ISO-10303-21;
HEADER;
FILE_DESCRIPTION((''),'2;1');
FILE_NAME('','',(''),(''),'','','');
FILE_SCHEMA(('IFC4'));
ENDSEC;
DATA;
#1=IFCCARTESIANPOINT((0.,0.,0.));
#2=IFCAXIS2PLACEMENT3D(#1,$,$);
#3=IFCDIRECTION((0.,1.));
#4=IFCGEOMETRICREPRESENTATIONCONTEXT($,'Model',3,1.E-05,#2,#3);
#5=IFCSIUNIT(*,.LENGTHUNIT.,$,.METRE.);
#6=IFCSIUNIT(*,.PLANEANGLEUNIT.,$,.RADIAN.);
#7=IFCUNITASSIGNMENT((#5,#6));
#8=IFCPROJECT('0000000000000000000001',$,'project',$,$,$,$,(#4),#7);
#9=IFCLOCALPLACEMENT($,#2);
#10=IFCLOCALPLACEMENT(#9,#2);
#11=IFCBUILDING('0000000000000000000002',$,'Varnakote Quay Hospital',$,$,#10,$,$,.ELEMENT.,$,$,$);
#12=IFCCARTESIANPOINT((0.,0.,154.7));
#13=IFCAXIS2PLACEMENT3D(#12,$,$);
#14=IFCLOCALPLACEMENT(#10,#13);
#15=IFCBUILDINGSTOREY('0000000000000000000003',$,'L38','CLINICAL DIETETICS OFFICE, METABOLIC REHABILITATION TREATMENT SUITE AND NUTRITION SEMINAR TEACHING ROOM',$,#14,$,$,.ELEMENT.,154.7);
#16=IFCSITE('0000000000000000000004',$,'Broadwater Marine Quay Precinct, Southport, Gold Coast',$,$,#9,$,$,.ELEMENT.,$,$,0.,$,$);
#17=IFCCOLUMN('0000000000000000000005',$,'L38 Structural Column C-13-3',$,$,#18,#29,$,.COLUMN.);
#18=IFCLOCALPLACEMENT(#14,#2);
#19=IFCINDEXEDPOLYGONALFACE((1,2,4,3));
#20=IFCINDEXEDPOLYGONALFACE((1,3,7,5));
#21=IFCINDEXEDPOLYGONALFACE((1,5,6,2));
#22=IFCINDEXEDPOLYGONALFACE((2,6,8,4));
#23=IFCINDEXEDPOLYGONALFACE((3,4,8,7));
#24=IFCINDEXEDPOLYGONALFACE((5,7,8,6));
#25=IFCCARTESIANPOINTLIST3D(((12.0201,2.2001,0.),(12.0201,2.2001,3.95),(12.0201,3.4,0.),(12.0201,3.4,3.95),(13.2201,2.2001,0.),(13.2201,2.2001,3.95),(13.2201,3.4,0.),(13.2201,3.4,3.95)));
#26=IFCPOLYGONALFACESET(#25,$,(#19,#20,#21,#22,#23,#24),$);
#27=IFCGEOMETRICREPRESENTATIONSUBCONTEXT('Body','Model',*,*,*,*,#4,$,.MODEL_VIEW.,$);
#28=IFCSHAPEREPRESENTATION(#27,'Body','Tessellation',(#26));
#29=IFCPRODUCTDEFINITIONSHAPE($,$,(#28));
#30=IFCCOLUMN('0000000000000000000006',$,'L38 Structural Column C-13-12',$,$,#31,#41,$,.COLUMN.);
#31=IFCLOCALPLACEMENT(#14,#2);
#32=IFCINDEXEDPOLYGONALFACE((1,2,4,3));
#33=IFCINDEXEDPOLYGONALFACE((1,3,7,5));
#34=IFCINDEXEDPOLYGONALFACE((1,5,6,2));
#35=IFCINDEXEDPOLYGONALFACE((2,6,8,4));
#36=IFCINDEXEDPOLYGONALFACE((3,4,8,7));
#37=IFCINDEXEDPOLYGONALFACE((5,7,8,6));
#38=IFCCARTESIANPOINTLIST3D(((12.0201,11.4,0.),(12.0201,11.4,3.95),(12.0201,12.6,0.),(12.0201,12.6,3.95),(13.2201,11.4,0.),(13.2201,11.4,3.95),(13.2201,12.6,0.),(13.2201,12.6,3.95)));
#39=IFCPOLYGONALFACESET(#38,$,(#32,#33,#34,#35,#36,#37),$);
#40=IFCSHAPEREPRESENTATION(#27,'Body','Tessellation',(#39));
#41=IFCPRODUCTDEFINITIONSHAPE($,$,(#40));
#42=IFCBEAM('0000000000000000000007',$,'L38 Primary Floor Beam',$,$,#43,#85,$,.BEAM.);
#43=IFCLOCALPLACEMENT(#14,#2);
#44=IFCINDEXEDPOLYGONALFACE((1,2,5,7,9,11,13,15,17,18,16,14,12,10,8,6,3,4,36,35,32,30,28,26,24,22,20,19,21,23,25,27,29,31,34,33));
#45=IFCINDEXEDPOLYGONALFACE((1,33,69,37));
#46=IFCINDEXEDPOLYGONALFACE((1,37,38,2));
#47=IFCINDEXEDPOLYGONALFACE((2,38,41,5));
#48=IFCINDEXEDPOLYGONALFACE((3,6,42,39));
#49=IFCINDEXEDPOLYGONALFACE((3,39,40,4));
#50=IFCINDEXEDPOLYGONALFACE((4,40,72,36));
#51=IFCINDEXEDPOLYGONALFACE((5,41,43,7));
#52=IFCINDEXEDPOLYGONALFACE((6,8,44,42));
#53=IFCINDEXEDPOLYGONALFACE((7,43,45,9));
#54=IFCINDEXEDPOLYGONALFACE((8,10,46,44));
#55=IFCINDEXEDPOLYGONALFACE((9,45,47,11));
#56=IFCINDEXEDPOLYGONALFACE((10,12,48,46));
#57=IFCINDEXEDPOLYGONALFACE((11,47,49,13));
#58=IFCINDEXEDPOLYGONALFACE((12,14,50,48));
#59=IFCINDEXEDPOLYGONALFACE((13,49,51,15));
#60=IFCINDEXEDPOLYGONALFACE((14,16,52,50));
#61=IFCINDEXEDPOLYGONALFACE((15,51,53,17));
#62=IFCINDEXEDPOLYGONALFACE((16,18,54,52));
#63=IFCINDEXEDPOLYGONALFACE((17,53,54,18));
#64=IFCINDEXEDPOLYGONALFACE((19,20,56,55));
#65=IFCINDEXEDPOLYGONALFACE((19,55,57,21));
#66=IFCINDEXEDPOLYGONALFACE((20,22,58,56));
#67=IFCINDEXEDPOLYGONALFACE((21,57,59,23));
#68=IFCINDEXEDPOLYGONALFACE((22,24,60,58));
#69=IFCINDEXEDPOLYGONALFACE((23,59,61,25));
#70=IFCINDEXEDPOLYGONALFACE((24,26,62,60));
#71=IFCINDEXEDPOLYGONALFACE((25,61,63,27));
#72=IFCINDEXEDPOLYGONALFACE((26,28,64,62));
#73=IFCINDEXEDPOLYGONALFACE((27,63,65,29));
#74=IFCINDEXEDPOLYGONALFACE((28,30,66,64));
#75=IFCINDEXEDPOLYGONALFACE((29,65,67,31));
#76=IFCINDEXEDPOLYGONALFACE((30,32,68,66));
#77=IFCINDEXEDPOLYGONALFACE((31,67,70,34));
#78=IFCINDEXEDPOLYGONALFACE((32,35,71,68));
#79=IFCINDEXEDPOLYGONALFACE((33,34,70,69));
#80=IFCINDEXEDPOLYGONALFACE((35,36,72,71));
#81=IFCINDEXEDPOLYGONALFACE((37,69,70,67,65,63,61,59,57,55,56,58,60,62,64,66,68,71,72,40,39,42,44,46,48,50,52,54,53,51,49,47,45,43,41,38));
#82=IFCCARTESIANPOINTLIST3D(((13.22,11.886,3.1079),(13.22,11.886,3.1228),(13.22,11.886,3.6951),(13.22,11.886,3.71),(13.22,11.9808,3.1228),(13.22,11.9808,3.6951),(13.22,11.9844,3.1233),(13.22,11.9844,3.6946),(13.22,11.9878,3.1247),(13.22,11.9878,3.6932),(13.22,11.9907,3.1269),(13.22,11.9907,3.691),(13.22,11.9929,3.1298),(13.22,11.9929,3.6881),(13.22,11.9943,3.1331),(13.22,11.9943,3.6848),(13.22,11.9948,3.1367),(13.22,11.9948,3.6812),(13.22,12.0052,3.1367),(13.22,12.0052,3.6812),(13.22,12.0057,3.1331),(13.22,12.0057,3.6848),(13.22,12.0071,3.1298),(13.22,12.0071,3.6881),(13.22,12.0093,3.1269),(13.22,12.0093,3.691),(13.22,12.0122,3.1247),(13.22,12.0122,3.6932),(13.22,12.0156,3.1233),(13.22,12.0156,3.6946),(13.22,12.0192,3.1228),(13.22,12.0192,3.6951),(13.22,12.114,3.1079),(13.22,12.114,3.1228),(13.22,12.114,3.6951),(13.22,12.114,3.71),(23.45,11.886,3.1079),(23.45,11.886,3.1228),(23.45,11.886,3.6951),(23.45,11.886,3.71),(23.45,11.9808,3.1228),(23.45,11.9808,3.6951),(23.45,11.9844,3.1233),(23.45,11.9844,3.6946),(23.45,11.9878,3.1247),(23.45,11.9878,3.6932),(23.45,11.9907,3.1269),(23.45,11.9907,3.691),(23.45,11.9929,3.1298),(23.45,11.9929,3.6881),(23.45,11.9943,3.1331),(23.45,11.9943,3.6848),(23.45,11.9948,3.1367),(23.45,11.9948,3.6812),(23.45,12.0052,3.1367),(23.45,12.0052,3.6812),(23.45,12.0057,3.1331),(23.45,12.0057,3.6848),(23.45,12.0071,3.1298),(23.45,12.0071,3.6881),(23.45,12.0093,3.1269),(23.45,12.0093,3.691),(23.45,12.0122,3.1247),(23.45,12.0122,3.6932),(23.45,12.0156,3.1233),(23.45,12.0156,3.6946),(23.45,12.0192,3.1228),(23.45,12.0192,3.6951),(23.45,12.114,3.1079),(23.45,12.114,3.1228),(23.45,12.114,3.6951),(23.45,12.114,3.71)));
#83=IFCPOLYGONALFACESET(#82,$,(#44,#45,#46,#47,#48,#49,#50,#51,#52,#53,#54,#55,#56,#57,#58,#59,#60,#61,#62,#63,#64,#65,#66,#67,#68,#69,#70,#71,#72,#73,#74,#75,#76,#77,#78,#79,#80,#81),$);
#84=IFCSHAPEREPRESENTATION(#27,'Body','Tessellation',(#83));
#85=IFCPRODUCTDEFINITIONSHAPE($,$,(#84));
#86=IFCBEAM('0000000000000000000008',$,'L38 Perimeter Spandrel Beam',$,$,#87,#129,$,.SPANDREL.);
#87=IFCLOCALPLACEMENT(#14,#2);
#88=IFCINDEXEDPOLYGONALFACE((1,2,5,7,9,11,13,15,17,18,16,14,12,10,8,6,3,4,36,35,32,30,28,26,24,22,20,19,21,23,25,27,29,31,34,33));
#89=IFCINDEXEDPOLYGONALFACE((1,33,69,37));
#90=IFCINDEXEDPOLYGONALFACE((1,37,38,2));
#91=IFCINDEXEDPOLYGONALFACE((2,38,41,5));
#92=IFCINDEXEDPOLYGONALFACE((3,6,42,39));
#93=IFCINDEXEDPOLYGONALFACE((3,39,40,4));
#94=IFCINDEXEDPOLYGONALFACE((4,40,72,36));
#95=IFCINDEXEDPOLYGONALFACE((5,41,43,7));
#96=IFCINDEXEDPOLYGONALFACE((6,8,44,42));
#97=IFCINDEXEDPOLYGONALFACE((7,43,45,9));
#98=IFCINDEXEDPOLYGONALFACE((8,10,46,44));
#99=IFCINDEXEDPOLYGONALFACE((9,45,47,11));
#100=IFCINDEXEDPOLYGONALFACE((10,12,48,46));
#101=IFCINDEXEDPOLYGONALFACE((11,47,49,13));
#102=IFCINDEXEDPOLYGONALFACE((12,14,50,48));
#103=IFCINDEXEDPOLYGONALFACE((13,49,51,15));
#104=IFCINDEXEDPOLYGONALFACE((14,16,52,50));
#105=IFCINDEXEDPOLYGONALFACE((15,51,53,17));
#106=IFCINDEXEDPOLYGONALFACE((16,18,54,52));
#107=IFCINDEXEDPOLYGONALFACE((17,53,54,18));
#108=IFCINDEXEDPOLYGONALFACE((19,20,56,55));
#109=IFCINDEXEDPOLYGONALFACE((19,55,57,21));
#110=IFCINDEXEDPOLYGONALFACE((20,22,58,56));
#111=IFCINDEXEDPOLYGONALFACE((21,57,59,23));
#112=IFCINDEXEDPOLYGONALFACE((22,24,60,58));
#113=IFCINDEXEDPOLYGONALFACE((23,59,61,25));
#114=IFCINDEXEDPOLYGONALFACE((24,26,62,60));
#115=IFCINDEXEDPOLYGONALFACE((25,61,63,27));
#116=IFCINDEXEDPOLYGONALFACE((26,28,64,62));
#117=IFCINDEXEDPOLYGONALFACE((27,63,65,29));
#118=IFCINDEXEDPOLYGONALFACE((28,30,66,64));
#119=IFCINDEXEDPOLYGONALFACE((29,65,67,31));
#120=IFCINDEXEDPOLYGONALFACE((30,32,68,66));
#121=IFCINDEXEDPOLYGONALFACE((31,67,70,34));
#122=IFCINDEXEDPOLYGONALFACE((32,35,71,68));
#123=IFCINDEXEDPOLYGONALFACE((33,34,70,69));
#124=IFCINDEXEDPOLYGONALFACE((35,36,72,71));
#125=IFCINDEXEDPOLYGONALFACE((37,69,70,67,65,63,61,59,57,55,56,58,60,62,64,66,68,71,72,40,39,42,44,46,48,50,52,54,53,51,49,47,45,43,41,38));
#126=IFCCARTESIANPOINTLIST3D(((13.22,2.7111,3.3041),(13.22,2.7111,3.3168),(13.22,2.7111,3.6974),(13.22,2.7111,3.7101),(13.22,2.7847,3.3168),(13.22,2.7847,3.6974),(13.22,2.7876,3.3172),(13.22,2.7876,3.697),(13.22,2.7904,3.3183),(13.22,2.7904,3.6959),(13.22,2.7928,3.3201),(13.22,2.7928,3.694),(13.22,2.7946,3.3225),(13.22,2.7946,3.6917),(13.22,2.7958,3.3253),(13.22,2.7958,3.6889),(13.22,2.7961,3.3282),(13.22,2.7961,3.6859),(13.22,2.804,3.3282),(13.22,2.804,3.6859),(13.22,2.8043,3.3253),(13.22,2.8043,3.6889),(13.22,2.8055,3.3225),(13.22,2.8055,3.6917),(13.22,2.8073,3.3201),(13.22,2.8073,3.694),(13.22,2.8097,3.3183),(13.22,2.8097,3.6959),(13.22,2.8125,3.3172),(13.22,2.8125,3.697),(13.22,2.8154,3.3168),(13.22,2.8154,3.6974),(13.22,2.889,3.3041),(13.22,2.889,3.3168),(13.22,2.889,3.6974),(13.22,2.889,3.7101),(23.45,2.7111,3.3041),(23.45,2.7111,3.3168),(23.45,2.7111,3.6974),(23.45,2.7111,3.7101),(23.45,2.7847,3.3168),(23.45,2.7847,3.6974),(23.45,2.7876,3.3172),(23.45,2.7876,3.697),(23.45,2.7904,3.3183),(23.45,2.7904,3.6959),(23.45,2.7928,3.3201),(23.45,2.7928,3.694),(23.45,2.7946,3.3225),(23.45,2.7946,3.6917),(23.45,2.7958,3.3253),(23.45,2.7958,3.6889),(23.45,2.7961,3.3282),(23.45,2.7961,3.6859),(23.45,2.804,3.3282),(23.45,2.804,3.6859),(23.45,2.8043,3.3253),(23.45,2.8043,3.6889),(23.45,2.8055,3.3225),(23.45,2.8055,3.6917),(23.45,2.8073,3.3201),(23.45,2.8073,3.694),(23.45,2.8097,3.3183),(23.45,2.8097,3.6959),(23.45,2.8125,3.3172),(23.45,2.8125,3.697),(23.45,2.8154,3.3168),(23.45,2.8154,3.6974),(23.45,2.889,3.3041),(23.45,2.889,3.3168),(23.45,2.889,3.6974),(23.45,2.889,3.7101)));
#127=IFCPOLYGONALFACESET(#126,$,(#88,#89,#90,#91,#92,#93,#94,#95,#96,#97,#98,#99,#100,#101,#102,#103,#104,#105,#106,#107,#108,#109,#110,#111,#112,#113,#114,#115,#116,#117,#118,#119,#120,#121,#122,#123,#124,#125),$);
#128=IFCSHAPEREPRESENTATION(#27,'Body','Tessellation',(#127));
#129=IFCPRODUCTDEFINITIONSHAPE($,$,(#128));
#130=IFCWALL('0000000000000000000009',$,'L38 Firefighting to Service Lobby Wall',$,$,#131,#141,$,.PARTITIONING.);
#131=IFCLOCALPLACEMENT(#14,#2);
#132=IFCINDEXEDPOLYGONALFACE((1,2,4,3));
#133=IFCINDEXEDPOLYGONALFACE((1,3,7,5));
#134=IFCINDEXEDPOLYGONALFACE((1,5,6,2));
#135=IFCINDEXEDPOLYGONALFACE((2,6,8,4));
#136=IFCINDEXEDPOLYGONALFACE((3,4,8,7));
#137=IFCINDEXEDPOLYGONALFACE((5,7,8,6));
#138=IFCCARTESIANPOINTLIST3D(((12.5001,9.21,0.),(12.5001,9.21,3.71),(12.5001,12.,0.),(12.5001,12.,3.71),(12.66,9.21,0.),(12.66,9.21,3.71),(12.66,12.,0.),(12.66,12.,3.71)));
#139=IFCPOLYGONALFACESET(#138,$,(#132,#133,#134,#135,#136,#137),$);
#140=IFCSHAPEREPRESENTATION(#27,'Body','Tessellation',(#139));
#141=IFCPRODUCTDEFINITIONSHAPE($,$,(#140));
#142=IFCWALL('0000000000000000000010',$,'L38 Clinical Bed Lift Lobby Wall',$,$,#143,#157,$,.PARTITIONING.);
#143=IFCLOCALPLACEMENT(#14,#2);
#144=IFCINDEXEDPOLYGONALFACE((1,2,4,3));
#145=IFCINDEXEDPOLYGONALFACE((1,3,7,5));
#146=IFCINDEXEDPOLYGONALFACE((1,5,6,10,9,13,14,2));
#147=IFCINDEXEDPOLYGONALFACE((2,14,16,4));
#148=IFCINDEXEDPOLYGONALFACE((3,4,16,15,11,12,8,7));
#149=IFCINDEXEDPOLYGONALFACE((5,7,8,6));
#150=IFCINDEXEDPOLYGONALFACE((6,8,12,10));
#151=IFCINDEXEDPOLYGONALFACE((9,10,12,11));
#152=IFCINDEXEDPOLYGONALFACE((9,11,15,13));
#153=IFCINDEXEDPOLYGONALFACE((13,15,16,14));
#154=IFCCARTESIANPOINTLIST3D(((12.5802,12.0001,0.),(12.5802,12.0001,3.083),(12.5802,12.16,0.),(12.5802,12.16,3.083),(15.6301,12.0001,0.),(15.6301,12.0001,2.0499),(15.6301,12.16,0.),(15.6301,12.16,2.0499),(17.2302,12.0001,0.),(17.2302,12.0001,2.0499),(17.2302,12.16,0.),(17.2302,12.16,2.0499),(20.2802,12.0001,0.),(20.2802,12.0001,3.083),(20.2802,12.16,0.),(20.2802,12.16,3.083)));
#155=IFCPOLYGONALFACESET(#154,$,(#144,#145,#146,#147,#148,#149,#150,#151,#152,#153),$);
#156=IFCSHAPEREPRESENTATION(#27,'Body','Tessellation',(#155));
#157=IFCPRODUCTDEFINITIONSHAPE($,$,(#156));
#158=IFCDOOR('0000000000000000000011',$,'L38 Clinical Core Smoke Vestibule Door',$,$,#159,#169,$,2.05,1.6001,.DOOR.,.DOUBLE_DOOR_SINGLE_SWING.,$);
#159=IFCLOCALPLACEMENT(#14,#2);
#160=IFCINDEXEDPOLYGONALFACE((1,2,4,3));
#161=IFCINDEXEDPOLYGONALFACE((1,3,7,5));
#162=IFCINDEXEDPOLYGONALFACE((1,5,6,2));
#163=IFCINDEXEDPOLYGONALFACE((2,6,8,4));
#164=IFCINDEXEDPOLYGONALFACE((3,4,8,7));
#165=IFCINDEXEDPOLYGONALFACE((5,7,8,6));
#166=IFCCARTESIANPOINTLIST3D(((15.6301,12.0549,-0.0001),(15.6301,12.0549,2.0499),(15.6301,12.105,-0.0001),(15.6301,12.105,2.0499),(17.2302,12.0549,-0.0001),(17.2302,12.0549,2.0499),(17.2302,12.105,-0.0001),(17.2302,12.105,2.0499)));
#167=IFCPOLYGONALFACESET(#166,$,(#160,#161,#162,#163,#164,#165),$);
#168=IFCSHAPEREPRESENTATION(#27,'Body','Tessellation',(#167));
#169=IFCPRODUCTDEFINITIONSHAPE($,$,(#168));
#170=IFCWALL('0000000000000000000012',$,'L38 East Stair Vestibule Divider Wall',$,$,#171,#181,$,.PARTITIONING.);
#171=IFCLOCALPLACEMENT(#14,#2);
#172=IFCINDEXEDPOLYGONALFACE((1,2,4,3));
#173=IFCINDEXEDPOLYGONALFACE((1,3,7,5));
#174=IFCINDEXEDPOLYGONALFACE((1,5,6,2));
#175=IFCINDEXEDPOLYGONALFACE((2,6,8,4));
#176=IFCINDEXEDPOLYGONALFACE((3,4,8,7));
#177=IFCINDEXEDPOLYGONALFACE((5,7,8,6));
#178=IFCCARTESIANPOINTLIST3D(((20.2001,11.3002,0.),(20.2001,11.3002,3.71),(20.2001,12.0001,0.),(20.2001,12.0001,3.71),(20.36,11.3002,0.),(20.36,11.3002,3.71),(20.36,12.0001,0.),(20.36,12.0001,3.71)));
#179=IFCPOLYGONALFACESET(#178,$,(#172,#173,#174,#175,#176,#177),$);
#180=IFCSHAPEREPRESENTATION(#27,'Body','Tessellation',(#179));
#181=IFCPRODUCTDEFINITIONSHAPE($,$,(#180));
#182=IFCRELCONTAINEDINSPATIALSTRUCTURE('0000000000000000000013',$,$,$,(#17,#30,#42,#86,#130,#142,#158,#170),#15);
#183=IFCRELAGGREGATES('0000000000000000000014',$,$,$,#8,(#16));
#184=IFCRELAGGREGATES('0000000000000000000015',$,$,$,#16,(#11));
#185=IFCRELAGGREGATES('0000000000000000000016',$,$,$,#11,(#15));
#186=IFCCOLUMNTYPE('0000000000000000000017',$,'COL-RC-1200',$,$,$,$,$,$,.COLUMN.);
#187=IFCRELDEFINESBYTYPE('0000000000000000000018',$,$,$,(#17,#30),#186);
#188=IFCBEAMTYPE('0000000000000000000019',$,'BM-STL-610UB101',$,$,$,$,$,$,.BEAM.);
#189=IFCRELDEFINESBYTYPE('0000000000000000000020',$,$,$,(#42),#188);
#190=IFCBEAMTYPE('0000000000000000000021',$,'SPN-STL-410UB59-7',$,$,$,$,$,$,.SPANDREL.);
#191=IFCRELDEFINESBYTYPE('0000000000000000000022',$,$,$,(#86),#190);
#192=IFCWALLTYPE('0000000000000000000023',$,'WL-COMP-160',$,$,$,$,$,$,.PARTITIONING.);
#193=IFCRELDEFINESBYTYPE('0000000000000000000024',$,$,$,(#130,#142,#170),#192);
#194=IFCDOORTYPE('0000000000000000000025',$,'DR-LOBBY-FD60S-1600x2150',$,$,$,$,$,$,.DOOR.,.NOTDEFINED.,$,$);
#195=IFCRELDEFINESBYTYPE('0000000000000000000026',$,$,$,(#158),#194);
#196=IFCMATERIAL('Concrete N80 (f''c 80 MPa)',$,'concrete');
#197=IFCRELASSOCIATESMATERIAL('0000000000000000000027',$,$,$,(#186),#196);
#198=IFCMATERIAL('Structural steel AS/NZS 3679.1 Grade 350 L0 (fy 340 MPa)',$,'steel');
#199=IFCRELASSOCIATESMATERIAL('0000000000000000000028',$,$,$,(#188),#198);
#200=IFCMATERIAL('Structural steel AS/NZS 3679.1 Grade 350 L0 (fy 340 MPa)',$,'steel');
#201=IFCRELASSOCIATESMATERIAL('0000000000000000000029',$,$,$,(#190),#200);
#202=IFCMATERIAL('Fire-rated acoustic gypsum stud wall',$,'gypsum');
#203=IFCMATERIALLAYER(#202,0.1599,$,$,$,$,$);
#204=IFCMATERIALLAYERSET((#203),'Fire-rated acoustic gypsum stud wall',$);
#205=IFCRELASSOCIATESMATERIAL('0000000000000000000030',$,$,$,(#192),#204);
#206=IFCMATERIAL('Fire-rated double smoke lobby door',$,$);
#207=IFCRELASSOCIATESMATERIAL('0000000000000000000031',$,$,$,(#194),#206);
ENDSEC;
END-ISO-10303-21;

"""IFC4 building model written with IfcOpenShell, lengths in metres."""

from ifc_helpers import new_model, si_unit, direction, frame, frame_2d, origin, origin_2d, place, context, subcontext, project, spatial, rectangle, i_section, extrude, material, layer, layer_set, material_profile, profile_set, type_object, element, fill, save


model = new_model("IFC4")

# Units and contexts
model_context = context("Model", 3, precision=1e-05, world=origin(), true_north=direction((0.0, 1.0)))
body_context = subcontext(model_context, "Body", "Model", "MODEL_VIEW")
ifc_project = project(units=[si_unit("LENGTHUNIT", "METRE"), si_unit("PLANEANGLEUNIT", "RADIAN")], contexts=[model_context])

# Site, building, storey
site_placement = place(None, origin())
site = spatial("IfcSite", under=ifc_project, at=site_placement, Name="Broadwater Marine Quay Precinct, Southport, Gold Coast", CompositionType="ELEMENT", RefElevation=0.0)
building_placement = place(site_placement, origin())
building = spatial("IfcBuilding", under=site, at=building_placement, Name="Varnakote Quay Hospital", CompositionType="ELEMENT")
storey_placement = place(building_placement, frame((0.0, 0.0, 154.7)))
storey = spatial("IfcBuildingStorey", under=building, at=storey_placement, Name="L38", Description="CLINICAL DIETETICS OFFICE, METABOLIC REHABILITATION TREATMENT SUITE AND NUTRITION SEMINAR TEACHING ROOM", CompositionType="ELEMENT", Elevation=154.7)

# Columns
ifc_material_1 = material(Name="Concrete N80 (f'c 80 MPa)", Category="concrete")
ifc_material_profile_1 = material_profile(ifc_material_1, rectangle(XDim=1.2, YDim=1.2, at=origin_2d()), Name="RC-COL-1200x1200")
ifc_profile_set_1 = profile_set([ifc_material_profile_1], Name="Concrete N80 (f'c 80 MPa)")
column_type = type_object("IfcColumnType", Name="COL-RC-1200", PredefinedType="COLUMN", material=ifc_profile_set_1)
for number, where, z_axis, x_axis, name in (
    (1, (12.6201, 2.8, 0.0), (0.0, 0.0, 1.0), (1.0, 0.0, 0.0), "L38 Structural Column C-13-3"),
    (2, (12.6201, 12.0, 0.0), (0.0, 0.0, 1.0), (1.0, 0.0, 0.0), "L38 Structural Column C-13-12"),
):
    element("IfcColumn", number, at=place(storey_placement, frame(where, z_axis=z_axis, x_axis=x_axis)), inside=storey, type_object=column_type, Name=name, PredefinedType="COLUMN", context=body_context, shape_type="SweptSolid", body=[
        extrude(rectangle(XDim=1.2, YDim=1.2, at=origin_2d()), origin(), (0.0, 0.0, 1.0), 3.95),
    ])

# Beams
ifc_material_2 = material(Name="Structural steel AS/NZS 3679.1 Grade 350 L0 (fy 340 MPa)", Category="steel")
ifc_material_profile_2 = material_profile(ifc_material_2, i_section(OverallWidth=0.228, OverallDepth=0.6021, WebThickness=0.0105, FlangeThickness=0.0149, FilletRadius=0.0139, at=origin_2d()), Name="610UB101")
ifc_profile_set_2 = profile_set([ifc_material_profile_2], Name="Structural steel AS/NZS 3679.1 Grade 350 L0 (fy 340 MPa)")
beam_type_1 = type_object("IfcBeamType", Name="BM-STL-610UB101", PredefinedType="BEAM", material=ifc_profile_set_2)
beam_1_placement = place(storey_placement, frame((13.22, 12.0, 3.4089), z_axis=(1.0, 0.0, 0.0), x_axis=(0.0, 1.0, 0.0)))
element("IfcBeam", 3, at=beam_1_placement, inside=storey, type_object=beam_type_1, Name="L38 Primary Floor Beam", PredefinedType="BEAM", context=body_context, shape_type="SweptSolid", body=[
    extrude(i_section(OverallWidth=0.228, OverallDepth=0.6021, WebThickness=0.0105, FlangeThickness=0.0149, FilletRadius=0.0139, at=origin_2d()), origin(), (0.0, 0.0, 1.0), 10.23),
])
ifc_material_3 = material(Name="Structural steel AS/NZS 3679.1 Grade 350 L0 (fy 340 MPa)", Category="steel")
ifc_material_profile_3 = material_profile(ifc_material_3, i_section(OverallWidth=0.178, OverallDepth=0.406, WebThickness=0.0078, FlangeThickness=0.0127, FilletRadius=0.0115, at=origin_2d()), Name="410UB59.7")
ifc_profile_set_3 = profile_set([ifc_material_profile_3], Name="Structural steel AS/NZS 3679.1 Grade 350 L0 (fy 340 MPa)")
beam_type_2 = type_object("IfcBeamType", Name="SPN-STL-410UB59-7", PredefinedType="SPANDREL", material=ifc_profile_set_3)
beam_2_placement = place(storey_placement, frame((13.22, 2.8, 3.5071), z_axis=(1.0, 0.0, 0.0), x_axis=(0.0, 1.0, 0.0)))
element("IfcBeam", 4, at=beam_2_placement, inside=storey, type_object=beam_type_2, Name="L38 Perimeter Spandrel Beam", PredefinedType="SPANDREL", context=body_context, shape_type="SweptSolid", body=[
    extrude(i_section(OverallWidth=0.178, OverallDepth=0.406, WebThickness=0.0078, FlangeThickness=0.0127, FilletRadius=0.0115, at=origin_2d()), origin(), (0.0, 0.0, 1.0), 10.23),
])

# Wall
ifc_material_4 = material(Name="Fire-rated acoustic gypsum stud wall", Category="gypsum")
ifc_layer_1 = layer(ifc_material_4, 0.1599)
ifc_layer_set_1 = layer_set([ifc_layer_1], Name="Fire-rated acoustic gypsum stud wall")
wall_type_1 = type_object("IfcWallType", Name="WL-COMP-160", PredefinedType="PARTITIONING", material=ifc_layer_set_1)
wall_1_placement = place(storey_placement, frame((12.5801, 9.21, 0.0), z_axis=(0.0, 0.0, 1.0), x_axis=(0.0, 1.0, 0.0)))
element("IfcWall", 5, at=wall_1_placement, inside=storey, type_object=wall_type_1, Name="L38 Firefighting to Service Lobby Wall", PredefinedType="PARTITIONING", context=body_context, shape_type="SweptSolid", body=[
    extrude(rectangle(XDim=2.79, YDim=0.1599, at=frame_2d((1.395, 0.0))), origin(), (0.0, 0.0, 1.0), 3.71),
])

# Wall, opening, door
wall_2_placement = place(storey_placement, frame((12.5801, 12.0801, 0.0), z_axis=(0.0, 0.0, 1.0), x_axis=(1.0, 0.0, 0.0)))
wall_2 = element("IfcWall", 6, at=wall_2_placement, inside=storey, type_object=wall_type_1, Name="L38 Clinical Bed Lift Lobby Wall", PredefinedType="PARTITIONING", context=body_context, shape_type="SweptSolid", body=[
    extrude(rectangle(XDim=7.7, YDim=0.1599, at=frame_2d((3.8501, 0.0))), origin(), (0.0, 0.0, 1.0), 3.083),
])
opening_1_placement = place(wall_2_placement, frame((3.05, 0.0, 0.0)))
opening_1 = element("IfcOpeningElement", 7, at=opening_1_placement, cuts=wall_2, PredefinedType="OPENING", context=body_context, shape_type="SweptSolid", body=[
    extrude(rectangle(XDim=1.6001, YDim=2.05, at=frame_2d((0.8, 1.0249))), frame((0.0, 0.0898, 0.0), z_axis=(0.0, -1.0, 0.0), x_axis=(1.0, 0.0, 0.0)), (0.0, 0.0, 1.0), 0.1799),
])
ifc_material_5 = material(Name="Fire-rated double smoke lobby door")
door_type_1 = type_object("IfcDoorType", Name="DR-LOBBY-FD60S-1600x2150", OperationType="NOTDEFINED", PredefinedType="DOOR", material=ifc_material_5)
door_1_placement = place(opening_1_placement, origin())
door_1 = element("IfcDoor", 8, at=door_1_placement, inside=storey, type_object=door_type_1, Name="L38 Clinical Core Smoke Vestibule Door", OperationType="DOUBLE_DOOR_SINGLE_SWING", OverallHeight=2.05, OverallWidth=1.6001, PredefinedType="DOOR", context=body_context, shape_type="SweptSolid", body=[
    extrude(rectangle(XDim=1.6001, YDim=2.05, at=frame_2d((0.8, 1.0249))), frame((0.0, 0.0249, 0.0), z_axis=(0.0, -1.0, 0.0), x_axis=(1.0, 0.0, 0.0)), (0.0, 0.0, 1.0), 0.05),
])
fill(opening_1, door_1)

# Wall
wall_3_placement = place(storey_placement, frame((20.28, 11.3, 0.0), z_axis=(0.0, 0.0, 1.0), x_axis=(0.0, 1.0, 0.0)))
element("IfcWall", 9, at=wall_3_placement, inside=storey, type_object=wall_type_1, Name="L38 East Stair Vestibule Divider Wall", PredefinedType="PARTITIONING", context=body_context, shape_type="SweptSolid", body=[
    extrude(rectangle(XDim=0.7, YDim=0.1599, at=frame_2d((0.3501, 0.0))), origin(), (0.0, 0.0, 1.0), 3.71),
])

save(model, "model.ifc")
